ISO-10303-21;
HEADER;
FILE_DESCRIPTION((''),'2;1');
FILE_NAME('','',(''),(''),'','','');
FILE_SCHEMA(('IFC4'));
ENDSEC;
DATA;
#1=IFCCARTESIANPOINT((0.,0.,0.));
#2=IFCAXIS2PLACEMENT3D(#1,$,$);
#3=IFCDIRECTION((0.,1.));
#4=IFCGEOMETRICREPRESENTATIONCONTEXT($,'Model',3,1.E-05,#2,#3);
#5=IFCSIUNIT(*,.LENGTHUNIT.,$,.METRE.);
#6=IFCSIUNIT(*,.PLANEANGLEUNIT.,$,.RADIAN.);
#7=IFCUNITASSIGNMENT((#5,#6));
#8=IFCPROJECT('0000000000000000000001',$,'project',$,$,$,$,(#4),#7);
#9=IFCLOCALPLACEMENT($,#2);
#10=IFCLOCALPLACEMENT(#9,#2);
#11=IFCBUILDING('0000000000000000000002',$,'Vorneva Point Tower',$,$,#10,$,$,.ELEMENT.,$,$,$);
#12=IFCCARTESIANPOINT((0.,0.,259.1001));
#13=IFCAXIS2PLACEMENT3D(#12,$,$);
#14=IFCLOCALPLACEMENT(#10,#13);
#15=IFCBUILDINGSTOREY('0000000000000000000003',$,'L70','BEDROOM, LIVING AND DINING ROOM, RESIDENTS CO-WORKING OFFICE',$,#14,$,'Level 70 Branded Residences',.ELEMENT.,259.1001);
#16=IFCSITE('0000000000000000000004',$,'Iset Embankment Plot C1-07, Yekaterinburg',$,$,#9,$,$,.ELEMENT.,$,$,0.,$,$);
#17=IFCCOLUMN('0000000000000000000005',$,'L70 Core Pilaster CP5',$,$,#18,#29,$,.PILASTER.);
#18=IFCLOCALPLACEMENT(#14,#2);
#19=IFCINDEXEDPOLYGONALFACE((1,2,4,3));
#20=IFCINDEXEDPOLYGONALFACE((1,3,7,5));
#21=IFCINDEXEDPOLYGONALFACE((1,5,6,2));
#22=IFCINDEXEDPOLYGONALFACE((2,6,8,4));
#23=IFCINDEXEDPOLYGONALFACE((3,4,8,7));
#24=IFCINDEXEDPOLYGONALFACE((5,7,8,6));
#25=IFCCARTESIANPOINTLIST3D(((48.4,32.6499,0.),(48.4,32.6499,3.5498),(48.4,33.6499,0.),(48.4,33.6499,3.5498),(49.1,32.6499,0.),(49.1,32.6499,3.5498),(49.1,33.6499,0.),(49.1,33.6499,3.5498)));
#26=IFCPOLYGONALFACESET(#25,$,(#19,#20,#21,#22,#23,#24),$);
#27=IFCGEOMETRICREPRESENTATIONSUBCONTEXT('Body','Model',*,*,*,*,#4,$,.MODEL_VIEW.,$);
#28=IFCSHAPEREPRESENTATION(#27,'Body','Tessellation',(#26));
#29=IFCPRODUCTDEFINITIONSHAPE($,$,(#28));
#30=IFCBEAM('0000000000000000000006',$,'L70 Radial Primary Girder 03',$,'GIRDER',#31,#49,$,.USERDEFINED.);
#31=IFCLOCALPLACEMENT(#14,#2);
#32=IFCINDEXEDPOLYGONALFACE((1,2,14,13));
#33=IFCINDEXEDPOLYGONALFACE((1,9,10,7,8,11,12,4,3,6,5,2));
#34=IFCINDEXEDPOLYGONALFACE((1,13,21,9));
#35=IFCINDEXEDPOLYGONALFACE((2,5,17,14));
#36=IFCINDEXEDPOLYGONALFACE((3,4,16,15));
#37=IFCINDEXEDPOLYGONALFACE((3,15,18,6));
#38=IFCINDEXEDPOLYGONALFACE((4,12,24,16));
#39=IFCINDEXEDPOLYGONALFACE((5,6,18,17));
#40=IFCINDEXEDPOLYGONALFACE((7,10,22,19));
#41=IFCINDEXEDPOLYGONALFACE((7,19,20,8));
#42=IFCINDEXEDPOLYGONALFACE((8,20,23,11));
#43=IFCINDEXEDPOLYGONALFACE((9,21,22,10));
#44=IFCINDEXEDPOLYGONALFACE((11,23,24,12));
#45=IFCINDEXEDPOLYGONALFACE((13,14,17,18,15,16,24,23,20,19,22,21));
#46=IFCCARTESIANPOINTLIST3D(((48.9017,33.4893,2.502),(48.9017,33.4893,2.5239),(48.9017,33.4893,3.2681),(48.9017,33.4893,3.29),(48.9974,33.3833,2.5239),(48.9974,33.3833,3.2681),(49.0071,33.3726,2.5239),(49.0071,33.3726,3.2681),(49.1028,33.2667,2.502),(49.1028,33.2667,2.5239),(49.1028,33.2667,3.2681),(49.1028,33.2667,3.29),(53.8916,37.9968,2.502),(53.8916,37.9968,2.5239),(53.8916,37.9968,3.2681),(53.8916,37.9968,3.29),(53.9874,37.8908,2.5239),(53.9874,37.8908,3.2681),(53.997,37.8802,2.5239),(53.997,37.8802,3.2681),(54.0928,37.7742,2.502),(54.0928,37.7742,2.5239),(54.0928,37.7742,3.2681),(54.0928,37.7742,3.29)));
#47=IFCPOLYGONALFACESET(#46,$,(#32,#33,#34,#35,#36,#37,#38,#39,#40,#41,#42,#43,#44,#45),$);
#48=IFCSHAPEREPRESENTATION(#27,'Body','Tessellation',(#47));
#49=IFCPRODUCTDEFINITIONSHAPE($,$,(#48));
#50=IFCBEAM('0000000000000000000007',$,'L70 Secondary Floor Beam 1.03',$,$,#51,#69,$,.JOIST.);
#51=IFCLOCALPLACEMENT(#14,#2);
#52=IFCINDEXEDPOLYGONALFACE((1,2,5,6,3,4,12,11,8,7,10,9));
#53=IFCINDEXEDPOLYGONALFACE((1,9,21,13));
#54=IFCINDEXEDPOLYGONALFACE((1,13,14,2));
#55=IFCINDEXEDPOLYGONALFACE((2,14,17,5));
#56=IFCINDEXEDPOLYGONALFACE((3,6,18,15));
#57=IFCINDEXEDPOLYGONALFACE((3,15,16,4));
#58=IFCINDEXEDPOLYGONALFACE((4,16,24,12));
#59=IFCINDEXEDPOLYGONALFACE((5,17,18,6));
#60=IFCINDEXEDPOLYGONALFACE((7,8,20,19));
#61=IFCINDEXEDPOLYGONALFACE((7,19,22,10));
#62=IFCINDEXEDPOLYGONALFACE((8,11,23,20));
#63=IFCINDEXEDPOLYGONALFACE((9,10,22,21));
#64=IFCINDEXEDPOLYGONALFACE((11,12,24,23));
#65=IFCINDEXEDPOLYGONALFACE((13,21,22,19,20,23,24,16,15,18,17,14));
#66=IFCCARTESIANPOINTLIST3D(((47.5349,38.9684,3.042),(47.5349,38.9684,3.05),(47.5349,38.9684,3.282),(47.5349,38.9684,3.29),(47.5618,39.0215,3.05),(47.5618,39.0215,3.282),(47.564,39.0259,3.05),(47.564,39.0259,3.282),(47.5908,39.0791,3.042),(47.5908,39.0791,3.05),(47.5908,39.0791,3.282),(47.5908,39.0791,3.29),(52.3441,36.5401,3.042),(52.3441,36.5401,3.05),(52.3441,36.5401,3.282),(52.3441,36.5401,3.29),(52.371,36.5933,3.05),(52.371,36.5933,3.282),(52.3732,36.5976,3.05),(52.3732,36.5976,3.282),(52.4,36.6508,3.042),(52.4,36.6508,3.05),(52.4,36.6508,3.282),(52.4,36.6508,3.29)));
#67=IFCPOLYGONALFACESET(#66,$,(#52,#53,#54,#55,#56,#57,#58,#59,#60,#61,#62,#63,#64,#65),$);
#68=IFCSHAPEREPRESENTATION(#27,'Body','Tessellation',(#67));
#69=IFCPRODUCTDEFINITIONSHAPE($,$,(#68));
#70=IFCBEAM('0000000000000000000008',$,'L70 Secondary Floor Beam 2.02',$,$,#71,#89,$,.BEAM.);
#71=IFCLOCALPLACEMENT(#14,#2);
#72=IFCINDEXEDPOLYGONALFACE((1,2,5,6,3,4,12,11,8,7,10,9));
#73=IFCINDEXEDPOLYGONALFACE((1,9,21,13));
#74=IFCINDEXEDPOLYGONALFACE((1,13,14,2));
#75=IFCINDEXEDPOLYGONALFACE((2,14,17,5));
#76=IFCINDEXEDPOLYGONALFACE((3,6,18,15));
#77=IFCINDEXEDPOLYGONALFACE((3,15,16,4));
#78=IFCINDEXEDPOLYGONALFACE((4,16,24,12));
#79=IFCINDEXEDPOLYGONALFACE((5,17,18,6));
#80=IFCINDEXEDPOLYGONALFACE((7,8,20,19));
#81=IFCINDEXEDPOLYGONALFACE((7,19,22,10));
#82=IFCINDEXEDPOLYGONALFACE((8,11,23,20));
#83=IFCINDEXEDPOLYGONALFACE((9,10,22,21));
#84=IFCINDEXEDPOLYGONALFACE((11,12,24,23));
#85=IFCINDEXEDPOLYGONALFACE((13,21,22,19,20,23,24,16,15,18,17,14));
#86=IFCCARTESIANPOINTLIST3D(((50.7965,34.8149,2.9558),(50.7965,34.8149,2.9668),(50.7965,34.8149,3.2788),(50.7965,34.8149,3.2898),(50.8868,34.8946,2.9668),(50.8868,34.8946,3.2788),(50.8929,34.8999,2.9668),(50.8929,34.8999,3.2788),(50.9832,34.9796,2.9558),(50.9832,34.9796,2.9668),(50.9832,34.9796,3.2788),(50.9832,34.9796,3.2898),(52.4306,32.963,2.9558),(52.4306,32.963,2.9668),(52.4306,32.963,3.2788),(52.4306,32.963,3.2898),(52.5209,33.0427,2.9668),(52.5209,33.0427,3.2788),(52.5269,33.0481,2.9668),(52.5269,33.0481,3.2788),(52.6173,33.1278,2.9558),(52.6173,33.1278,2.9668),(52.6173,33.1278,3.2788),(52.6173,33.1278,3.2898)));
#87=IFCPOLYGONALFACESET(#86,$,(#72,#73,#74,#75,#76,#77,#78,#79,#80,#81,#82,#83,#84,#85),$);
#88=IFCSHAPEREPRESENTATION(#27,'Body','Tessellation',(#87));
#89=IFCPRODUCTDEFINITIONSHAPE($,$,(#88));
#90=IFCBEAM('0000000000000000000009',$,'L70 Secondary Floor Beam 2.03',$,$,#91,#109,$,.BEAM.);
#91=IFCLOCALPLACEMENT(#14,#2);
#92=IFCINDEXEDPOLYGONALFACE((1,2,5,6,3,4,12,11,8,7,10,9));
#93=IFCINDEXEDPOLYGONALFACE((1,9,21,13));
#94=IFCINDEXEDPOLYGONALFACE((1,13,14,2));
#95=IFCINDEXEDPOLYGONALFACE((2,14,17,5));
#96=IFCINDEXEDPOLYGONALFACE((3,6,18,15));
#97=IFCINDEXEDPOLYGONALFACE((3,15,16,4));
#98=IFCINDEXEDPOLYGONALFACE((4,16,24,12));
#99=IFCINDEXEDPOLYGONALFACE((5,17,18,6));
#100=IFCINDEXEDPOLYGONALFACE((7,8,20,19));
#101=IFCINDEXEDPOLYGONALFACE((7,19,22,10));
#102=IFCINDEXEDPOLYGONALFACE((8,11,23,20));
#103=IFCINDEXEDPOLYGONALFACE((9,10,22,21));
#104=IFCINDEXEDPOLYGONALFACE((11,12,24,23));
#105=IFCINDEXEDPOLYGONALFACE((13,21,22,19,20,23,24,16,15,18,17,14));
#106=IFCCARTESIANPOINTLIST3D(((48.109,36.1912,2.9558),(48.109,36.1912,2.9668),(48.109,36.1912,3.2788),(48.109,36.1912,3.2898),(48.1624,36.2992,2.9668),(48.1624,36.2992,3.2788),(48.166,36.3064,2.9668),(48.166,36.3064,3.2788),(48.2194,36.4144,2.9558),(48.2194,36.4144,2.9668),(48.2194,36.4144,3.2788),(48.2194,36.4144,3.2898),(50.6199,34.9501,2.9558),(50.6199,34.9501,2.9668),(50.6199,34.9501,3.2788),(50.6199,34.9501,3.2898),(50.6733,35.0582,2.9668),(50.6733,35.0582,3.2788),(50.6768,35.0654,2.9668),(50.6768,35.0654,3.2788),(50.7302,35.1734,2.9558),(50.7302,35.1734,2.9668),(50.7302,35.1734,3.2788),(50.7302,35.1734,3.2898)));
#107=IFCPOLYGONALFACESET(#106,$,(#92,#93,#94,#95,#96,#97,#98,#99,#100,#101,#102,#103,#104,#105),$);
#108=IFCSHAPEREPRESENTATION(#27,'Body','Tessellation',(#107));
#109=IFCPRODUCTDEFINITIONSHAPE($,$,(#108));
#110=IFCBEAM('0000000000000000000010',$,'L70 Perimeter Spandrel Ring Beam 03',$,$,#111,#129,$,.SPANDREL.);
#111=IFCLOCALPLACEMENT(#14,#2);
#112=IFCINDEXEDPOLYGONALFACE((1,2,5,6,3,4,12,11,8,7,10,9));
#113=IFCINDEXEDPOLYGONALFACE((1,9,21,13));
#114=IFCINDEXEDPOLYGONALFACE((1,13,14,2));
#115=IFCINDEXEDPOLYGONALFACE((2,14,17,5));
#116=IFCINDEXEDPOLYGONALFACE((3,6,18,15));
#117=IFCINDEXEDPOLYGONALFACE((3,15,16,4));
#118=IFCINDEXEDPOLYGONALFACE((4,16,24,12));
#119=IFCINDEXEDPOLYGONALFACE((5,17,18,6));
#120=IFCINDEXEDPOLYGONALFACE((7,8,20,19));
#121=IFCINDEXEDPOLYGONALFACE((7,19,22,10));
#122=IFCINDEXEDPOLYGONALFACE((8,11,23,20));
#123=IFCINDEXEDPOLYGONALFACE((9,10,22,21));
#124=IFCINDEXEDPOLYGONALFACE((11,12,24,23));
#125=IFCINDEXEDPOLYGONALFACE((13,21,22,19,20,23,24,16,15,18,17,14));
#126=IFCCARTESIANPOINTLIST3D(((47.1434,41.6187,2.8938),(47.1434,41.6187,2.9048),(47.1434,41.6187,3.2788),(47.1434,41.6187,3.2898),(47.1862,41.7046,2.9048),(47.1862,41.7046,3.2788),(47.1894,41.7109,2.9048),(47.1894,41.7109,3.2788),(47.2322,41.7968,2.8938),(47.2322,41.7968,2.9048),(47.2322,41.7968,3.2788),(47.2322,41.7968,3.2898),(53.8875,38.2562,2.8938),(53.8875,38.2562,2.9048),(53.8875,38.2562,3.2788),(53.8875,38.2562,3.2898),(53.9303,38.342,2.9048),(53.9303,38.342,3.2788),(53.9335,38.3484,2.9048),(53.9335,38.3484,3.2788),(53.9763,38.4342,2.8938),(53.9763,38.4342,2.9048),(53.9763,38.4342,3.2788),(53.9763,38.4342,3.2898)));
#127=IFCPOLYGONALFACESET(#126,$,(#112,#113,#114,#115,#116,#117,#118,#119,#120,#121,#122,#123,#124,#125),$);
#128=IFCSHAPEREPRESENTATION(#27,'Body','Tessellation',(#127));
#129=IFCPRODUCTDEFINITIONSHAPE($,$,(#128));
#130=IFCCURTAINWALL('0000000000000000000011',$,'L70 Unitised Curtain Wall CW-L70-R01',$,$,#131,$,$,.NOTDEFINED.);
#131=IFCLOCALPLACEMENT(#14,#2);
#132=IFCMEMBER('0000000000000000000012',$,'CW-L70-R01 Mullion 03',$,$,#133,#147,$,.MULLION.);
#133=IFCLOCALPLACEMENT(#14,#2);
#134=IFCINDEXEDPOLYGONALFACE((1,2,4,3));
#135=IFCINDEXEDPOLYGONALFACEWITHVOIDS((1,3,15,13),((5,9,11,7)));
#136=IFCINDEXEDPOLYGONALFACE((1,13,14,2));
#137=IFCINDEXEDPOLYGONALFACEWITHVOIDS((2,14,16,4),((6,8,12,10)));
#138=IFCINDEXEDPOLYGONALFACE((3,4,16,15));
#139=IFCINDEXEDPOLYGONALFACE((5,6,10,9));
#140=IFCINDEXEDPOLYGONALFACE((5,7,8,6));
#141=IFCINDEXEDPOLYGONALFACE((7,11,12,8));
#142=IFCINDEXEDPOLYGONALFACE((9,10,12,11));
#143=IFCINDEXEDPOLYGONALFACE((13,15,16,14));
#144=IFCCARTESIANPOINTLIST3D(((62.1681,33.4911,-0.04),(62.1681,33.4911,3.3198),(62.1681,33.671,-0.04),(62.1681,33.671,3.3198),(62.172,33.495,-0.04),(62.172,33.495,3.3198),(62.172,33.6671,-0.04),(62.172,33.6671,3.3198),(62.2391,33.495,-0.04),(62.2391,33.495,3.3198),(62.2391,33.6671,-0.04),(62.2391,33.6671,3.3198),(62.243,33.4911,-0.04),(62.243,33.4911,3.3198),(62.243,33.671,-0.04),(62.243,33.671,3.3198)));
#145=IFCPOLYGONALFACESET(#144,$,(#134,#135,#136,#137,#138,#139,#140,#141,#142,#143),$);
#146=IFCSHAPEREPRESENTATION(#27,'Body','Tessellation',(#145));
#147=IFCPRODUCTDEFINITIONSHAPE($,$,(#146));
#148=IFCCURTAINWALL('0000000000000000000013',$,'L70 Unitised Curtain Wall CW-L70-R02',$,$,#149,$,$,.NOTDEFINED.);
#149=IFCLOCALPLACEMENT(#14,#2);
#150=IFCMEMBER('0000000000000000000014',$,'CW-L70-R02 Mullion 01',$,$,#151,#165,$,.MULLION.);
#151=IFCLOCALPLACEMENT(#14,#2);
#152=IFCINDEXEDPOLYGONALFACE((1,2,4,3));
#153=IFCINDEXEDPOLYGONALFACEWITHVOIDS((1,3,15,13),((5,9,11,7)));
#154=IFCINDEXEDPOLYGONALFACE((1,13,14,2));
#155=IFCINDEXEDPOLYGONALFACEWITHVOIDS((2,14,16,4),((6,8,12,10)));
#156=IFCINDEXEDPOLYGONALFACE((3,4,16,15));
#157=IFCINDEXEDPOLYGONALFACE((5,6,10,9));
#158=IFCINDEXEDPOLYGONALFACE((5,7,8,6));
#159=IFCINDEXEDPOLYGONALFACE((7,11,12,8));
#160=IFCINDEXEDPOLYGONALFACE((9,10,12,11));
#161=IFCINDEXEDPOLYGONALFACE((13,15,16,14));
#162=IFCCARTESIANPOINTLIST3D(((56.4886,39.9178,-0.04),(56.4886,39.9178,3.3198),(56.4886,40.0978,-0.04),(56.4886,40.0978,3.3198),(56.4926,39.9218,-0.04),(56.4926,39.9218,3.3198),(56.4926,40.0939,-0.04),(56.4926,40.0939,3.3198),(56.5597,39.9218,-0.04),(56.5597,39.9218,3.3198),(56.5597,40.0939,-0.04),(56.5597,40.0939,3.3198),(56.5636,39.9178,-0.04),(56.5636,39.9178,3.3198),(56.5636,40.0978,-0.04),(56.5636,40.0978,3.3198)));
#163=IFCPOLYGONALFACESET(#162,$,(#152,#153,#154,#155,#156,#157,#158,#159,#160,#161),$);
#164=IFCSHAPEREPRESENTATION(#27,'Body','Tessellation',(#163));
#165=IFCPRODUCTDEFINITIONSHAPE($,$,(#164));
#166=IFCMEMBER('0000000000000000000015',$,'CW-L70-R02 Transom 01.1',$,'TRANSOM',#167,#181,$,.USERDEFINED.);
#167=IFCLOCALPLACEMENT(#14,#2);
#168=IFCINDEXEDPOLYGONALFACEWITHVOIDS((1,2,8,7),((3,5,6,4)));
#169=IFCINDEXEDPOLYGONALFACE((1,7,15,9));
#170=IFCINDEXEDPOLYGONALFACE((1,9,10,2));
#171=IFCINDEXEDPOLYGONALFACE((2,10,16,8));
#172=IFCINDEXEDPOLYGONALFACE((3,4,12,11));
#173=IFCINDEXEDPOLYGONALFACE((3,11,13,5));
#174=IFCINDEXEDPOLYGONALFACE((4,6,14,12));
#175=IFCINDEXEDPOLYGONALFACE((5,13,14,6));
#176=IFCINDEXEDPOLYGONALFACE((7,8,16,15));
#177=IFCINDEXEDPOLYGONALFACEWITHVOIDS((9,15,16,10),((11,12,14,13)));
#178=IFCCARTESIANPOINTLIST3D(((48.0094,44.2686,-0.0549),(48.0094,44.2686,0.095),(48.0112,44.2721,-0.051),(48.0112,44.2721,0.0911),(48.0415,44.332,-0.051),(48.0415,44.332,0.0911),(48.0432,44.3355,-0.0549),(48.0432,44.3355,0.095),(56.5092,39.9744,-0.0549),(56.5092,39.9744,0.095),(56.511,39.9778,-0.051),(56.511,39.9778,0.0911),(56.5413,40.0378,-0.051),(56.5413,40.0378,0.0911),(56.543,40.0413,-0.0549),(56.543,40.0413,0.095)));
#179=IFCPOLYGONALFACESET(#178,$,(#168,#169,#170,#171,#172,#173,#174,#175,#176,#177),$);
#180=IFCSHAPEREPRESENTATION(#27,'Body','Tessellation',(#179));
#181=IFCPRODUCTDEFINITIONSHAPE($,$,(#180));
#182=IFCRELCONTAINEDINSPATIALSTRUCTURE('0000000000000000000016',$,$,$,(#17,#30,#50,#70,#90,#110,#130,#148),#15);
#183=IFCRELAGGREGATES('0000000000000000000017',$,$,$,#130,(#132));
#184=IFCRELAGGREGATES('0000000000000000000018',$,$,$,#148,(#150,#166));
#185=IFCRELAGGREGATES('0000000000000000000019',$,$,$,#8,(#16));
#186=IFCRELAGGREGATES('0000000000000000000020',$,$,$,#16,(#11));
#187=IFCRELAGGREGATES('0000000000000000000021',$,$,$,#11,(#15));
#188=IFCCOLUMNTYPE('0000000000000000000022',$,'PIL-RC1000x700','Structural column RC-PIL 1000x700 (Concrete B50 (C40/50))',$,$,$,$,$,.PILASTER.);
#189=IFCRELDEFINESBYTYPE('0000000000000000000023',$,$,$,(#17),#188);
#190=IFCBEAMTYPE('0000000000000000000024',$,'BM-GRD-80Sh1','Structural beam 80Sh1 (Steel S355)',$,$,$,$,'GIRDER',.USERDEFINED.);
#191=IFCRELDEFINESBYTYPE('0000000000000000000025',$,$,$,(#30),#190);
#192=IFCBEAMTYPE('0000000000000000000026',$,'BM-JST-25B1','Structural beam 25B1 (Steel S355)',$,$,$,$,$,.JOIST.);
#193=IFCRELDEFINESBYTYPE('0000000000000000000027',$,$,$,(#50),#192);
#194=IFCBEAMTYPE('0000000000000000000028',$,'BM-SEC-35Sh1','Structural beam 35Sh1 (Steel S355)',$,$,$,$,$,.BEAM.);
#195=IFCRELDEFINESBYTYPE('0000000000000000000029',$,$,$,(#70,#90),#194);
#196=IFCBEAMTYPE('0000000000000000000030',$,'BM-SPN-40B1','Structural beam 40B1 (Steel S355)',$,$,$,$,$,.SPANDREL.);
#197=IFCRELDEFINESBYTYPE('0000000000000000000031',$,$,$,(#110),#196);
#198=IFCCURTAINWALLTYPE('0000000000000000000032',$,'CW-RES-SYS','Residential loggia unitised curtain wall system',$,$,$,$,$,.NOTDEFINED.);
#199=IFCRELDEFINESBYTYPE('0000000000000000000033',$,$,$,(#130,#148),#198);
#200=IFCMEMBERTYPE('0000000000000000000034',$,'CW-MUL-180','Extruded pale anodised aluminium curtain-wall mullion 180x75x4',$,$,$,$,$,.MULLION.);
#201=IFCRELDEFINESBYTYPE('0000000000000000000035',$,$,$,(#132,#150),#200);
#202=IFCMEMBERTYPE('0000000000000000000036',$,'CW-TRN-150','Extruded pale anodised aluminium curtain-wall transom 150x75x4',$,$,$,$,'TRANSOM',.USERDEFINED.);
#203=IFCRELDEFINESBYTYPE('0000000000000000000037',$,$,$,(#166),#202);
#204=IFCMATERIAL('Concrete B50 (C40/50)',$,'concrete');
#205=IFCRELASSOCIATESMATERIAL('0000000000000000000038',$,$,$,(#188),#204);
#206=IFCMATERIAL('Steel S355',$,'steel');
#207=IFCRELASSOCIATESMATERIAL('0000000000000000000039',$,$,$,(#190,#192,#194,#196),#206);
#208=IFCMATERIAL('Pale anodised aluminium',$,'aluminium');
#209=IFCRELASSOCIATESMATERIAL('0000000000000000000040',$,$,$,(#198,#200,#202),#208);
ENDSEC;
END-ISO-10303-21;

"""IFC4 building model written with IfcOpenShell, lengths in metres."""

from ifc_helpers import new_model, si_unit, direction, frame, origin, origin_2d, place, context, subcontext, project, spatial, rectangle, hollow_rectangle, i_section, extrude, material, material_profile, profile_set, type_object, element, aggregate, save


model = new_model("IFC4")

# Units and contexts
model_context = context("Model", 3, precision=1e-05, world=origin(), true_north=direction((0.0, 1.0)))
body_context = subcontext(model_context, "Body", "Model", "MODEL_VIEW")
ifc_project = project(units=[si_unit("LENGTHUNIT", "METRE"), si_unit("PLANEANGLEUNIT", "RADIAN")], contexts=[model_context])

# Site, building, storey
site_placement = place(None, origin())
site = spatial("IfcSite", under=ifc_project, at=site_placement, Name="Iset Embankment Plot C1-07, Yekaterinburg", CompositionType="ELEMENT", RefElevation=0.0)
building_placement = place(site_placement, origin())
building = spatial("IfcBuilding", under=site, at=building_placement, Name="Vorneva Point Tower", CompositionType="ELEMENT")
storey_placement = place(building_placement, frame((0.0, 0.0, 259.1001)))
storey = spatial("IfcBuildingStorey", under=building, at=storey_placement, Name="L70", Description="BEDROOM, LIVING AND DINING ROOM, RESIDENTS CO-WORKING OFFICE", LongName="Level 70 Branded Residences", CompositionType="ELEMENT", Elevation=259.1001)

# Column
ifc_material_1 = material(Name="Concrete B50 (C40/50)", Category="concrete")
ifc_material_profile_1 = material_profile(ifc_material_1, rectangle(XDim=0.7, YDim=1.0, at=origin_2d()), Name="RC-PIL 1000x700")
ifc_profile_set_1 = profile_set([ifc_material_profile_1], Name="Concrete B50 (C40/50)")
column_type_1 = type_object("IfcColumnType", Name="PIL-RC1000x700", Description="Structural column RC-PIL 1000x700 (Concrete B50 (C40/50))", PredefinedType="PILASTER", material=ifc_profile_set_1)
column_1_placement = place(storey_placement, frame((48.75, 33.1499, 0.0), z_axis=(0.0, 0.0, 1.0), x_axis=(1.0, 0.0, 0.0)))
element("IfcColumn", 1, at=column_1_placement, inside=storey, type_object=column_type_1, Name="L70 Core Pilaster CP5", PredefinedType="PILASTER", context=body_context, shape_type="SweptSolid", body=[
    extrude(rectangle(XDim=0.7, YDim=1.0, at=origin_2d()), origin(), (0.0, 0.0, 1.0), 3.5498),
])

# Beams
ifc_material_2 = material(Name="Steel S355", Category="steel")
ifc_material_profile_2 = material_profile(ifc_material_2, i_section(OverallWidth=0.3, OverallDepth=0.7881, WebThickness=0.0144, FlangeThickness=0.022, at=origin_2d()), Name="80Sh1")
ifc_profile_set_2 = profile_set([ifc_material_profile_2], Name="Steel S355")
beam_type_1 = type_object("IfcBeamType", Name="BM-GRD-80Sh1", Description="Structural beam 80Sh1 (Steel S355)", ElementType="GIRDER", PredefinedType="USERDEFINED", material=ifc_profile_set_2)
beam_1_placement = place(storey_placement, frame((53.9922, 37.8855, 2.896), z_axis=(-0.742067, -0.670326, 0.0), x_axis=(0.670326, -0.742067, 0.0)))
element("IfcBeam", 2, at=beam_1_placement, inside=storey, type_object=beam_type_1, Name="L70 Radial Primary Girder 03", ObjectType="GIRDER", PredefinedType="USERDEFINED", context=body_context, shape_type="SweptSolid", body=[
    extrude(i_section(OverallWidth=0.3, OverallDepth=0.7881, WebThickness=0.0144, FlangeThickness=0.022, at=origin_2d()), origin(), (0.0, 0.0, 1.0), 6.7244),
])
ifc_material_profile_3 = material_profile(ifc_material_2, i_section(OverallWidth=0.124, OverallDepth=0.248, WebThickness=0.0049, FlangeThickness=0.0081, at=origin_2d()), Name="25B1")
ifc_profile_set_3 = profile_set([ifc_material_profile_3], Name="Steel S355")
beam_type_2 = type_object("IfcBeamType", Name="BM-JST-25B1", Description="Structural beam 25B1 (Steel S355)", PredefinedType="JOIST", material=ifc_profile_set_3)
beam_2_placement = place(storey_placement, frame((52.3721, 36.5955, 3.166), z_axis=(-0.892662, 0.450727, 0.0), x_axis=(-0.450727, -0.892662, 0.0)))
element("IfcBeam", 3, at=beam_2_placement, inside=storey, type_object=beam_type_2, Name="L70 Secondary Floor Beam 1.03", PredefinedType="JOIST", context=body_context, shape_type="SweptSolid", body=[
    extrude(i_section(OverallWidth=0.124, OverallDepth=0.248, WebThickness=0.0049, FlangeThickness=0.0081, at=origin_2d()), origin(), (0.0, 0.0, 1.0), 5.3875),
])
ifc_material_profile_4 = material_profile(ifc_material_2, i_section(OverallWidth=0.249, OverallDepth=0.334, WebThickness=0.0081, FlangeThickness=0.011, at=origin_2d()), Name="35Sh1")
ifc_profile_set_4 = profile_set([ifc_material_profile_4], Name="Steel S355")
beam_type_3 = type_object("IfcBeamType", Name="BM-SEC-35Sh1", Description="Structural beam 35Sh1 (Steel S355)", PredefinedType="BEAM", material=ifc_profile_set_4)
beam_3_placement = place(storey_placement, frame((52.5239, 33.0454, 3.1228), z_axis=(-0.661641, 0.749821, 0.0), x_axis=(-0.749821, -0.661641, 0.0)))
element("IfcBeam", 4, at=beam_3_placement, inside=storey, type_object=beam_type_3, Name="L70 Secondary Floor Beam 2.02", PredefinedType="BEAM", context=body_context, shape_type="SweptSolid", body=[
    extrude(i_section(OverallWidth=0.249, OverallDepth=0.334, WebThickness=0.0081, FlangeThickness=0.011, at=origin_2d()), origin(), (0.0, 0.0, 1.0), 2.4697),
])
beam_4_placement = place(storey_placement, frame((50.675, 35.0618, 3.1228), z_axis=(-0.896475, 0.443094, 0.0), x_axis=(-0.443094, -0.896475, 0.0)))
element("IfcBeam", 5, at=beam_4_placement, inside=storey, type_object=beam_type_3, Name="L70 Secondary Floor Beam 2.03", PredefinedType="BEAM", context=body_context, shape_type="SweptSolid", body=[
    extrude(i_section(OverallWidth=0.249, OverallDepth=0.334, WebThickness=0.0081, FlangeThickness=0.011, at=origin_2d()), origin(), (0.0, 0.0, 1.0), 2.8008),
])
ifc_material_profile_5 = material_profile(ifc_material_2, i_section(OverallWidth=0.199, OverallDepth=0.396, WebThickness=0.0071, FlangeThickness=0.011, at=origin_2d()), Name="40B1")
ifc_profile_set_5 = profile_set([ifc_material_profile_5], Name="Steel S355")
beam_type_4 = type_object("IfcBeamType", Name="BM-SPN-40B1", Description="Structural beam 40B1 (Steel S355)", PredefinedType="SPANDREL", material=ifc_profile_set_5)
beam_5_placement = place(storey_placement, frame((53.9319, 38.3452, 3.0918), z_axis=(-0.894932, 0.446203, 0.0), x_axis=(-0.446203, -0.894932, 0.0)))
element("IfcBeam", 6, at=beam_5_placement, inside=storey, type_object=beam_type_4, Name="L70 Perimeter Spandrel Ring Beam 03", PredefinedType="SPANDREL", context=body_context, shape_type="SweptSolid", body=[
    extrude(i_section(OverallWidth=0.199, OverallDepth=0.396, WebThickness=0.0071, FlangeThickness=0.011, at=origin_2d()), origin(), (0.0, 0.0, 1.0), 7.5359),
])

# Curtain wall, member
ifc_material_3 = material(Name="Pale anodised aluminium", Category="aluminium")
curtain_wall_type = type_object("IfcCurtainWallType", Name="CW-RES-SYS", Description="Residential loggia unitised curtain wall system", PredefinedType="NOTDEFINED", material=ifc_material_3)
curtain_wall_1_placement = place(storey_placement, origin())
curtain_wall_1 = element("IfcCurtainWall", 7, at=curtain_wall_1_placement, inside=storey, type_object=curtain_wall_type, Name="L70 Unitised Curtain Wall CW-L70-R01", PredefinedType="NOTDEFINED")
ifc_material_profile_6 = material_profile(ifc_material_3, hollow_rectangle(XDim=0.075, YDim=0.1799, WallThickness=0.0039, at=origin_2d()), Name="AL-MUL 180x75x4")
ifc_profile_set_6 = profile_set([ifc_material_profile_6], Name="Pale anodised aluminium")
member_type_1 = type_object("IfcMemberType", Name="CW-MUL-180", Description="Extruded pale anodised aluminium curtain-wall mullion 180x75x4", PredefinedType="MULLION", material=ifc_profile_set_6)
member_1_placement = place(storey_placement, frame((62.2056, 33.5811, -0.04), z_axis=(0.0, 0.0, 1.0), x_axis=(1.0, 0.0, 0.0)))
member_1 = element("IfcMember", 8, at=member_1_placement, type_object=member_type_1, Name="CW-L70-R01 Mullion 03", PredefinedType="MULLION", context=body_context, shape_type="SweptSolid", body=[
    extrude(hollow_rectangle(XDim=0.075, YDim=0.1799, WallThickness=0.0039, at=origin_2d()), origin(), (0.0, 0.0, 1.0), 3.3599),
])
aggregate(curtain_wall_1, [member_1])

# Curtain wall, members
curtain_wall_2_placement = place(storey_placement, origin())
curtain_wall_2 = element("IfcCurtainWall", 9, at=curtain_wall_2_placement, inside=storey, type_object=curtain_wall_type, Name="L70 Unitised Curtain Wall CW-L70-R02", PredefinedType="NOTDEFINED")
member_2_placement = place(storey_placement, frame((56.5261, 40.0078, -0.04), z_axis=(0.0, 0.0, 1.0), x_axis=(1.0, 0.0, 0.0)))
member_2 = element("IfcMember", 10, at=member_2_placement, type_object=member_type_1, Name="CW-L70-R02 Mullion 01", PredefinedType="MULLION", context=body_context, shape_type="SweptSolid", body=[
    extrude(hollow_rectangle(XDim=0.075, YDim=0.1799, WallThickness=0.0039, at=origin_2d()), origin(), (0.0, 0.0, 1.0), 3.3599),
])
ifc_material_profile_7 = material_profile(ifc_material_3, hollow_rectangle(XDim=0.075, YDim=0.1499, WallThickness=0.0039, at=origin_2d()), Name="AL-TRN 150x75x4")
ifc_profile_set_7 = profile_set([ifc_material_profile_7], Name="Pale anodised aluminium")
member_type_2 = type_object("IfcMemberType", Name="CW-TRN-150", Description="Extruded pale anodised aluminium curtain-wall transom 150x75x4", ElementType="TRANSOM", PredefinedType="USERDEFINED", material=ifc_profile_set_7)
member_3_placement = place(storey_placement, frame((56.5261, 40.0078, 0.02), z_axis=(-0.892558, 0.450932, 0.0), x_axis=(-0.450932, -0.892558, 0.0)))
member_3 = element("IfcMember", 11, at=member_3_placement, type_object=member_type_2, Name="CW-L70-R02 Transom 01.1", ObjectType="TRANSOM", PredefinedType="USERDEFINED", context=body_context, shape_type="SweptSolid", body=[
    extrude(hollow_rectangle(XDim=0.075, YDim=0.1499, WallThickness=0.0039, at=origin_2d()), origin(), (0.0, 0.0, 1.0), 9.5229),
])
aggregate(curtain_wall_2, [member_2, member_3])

save(model, "model.ifc")
